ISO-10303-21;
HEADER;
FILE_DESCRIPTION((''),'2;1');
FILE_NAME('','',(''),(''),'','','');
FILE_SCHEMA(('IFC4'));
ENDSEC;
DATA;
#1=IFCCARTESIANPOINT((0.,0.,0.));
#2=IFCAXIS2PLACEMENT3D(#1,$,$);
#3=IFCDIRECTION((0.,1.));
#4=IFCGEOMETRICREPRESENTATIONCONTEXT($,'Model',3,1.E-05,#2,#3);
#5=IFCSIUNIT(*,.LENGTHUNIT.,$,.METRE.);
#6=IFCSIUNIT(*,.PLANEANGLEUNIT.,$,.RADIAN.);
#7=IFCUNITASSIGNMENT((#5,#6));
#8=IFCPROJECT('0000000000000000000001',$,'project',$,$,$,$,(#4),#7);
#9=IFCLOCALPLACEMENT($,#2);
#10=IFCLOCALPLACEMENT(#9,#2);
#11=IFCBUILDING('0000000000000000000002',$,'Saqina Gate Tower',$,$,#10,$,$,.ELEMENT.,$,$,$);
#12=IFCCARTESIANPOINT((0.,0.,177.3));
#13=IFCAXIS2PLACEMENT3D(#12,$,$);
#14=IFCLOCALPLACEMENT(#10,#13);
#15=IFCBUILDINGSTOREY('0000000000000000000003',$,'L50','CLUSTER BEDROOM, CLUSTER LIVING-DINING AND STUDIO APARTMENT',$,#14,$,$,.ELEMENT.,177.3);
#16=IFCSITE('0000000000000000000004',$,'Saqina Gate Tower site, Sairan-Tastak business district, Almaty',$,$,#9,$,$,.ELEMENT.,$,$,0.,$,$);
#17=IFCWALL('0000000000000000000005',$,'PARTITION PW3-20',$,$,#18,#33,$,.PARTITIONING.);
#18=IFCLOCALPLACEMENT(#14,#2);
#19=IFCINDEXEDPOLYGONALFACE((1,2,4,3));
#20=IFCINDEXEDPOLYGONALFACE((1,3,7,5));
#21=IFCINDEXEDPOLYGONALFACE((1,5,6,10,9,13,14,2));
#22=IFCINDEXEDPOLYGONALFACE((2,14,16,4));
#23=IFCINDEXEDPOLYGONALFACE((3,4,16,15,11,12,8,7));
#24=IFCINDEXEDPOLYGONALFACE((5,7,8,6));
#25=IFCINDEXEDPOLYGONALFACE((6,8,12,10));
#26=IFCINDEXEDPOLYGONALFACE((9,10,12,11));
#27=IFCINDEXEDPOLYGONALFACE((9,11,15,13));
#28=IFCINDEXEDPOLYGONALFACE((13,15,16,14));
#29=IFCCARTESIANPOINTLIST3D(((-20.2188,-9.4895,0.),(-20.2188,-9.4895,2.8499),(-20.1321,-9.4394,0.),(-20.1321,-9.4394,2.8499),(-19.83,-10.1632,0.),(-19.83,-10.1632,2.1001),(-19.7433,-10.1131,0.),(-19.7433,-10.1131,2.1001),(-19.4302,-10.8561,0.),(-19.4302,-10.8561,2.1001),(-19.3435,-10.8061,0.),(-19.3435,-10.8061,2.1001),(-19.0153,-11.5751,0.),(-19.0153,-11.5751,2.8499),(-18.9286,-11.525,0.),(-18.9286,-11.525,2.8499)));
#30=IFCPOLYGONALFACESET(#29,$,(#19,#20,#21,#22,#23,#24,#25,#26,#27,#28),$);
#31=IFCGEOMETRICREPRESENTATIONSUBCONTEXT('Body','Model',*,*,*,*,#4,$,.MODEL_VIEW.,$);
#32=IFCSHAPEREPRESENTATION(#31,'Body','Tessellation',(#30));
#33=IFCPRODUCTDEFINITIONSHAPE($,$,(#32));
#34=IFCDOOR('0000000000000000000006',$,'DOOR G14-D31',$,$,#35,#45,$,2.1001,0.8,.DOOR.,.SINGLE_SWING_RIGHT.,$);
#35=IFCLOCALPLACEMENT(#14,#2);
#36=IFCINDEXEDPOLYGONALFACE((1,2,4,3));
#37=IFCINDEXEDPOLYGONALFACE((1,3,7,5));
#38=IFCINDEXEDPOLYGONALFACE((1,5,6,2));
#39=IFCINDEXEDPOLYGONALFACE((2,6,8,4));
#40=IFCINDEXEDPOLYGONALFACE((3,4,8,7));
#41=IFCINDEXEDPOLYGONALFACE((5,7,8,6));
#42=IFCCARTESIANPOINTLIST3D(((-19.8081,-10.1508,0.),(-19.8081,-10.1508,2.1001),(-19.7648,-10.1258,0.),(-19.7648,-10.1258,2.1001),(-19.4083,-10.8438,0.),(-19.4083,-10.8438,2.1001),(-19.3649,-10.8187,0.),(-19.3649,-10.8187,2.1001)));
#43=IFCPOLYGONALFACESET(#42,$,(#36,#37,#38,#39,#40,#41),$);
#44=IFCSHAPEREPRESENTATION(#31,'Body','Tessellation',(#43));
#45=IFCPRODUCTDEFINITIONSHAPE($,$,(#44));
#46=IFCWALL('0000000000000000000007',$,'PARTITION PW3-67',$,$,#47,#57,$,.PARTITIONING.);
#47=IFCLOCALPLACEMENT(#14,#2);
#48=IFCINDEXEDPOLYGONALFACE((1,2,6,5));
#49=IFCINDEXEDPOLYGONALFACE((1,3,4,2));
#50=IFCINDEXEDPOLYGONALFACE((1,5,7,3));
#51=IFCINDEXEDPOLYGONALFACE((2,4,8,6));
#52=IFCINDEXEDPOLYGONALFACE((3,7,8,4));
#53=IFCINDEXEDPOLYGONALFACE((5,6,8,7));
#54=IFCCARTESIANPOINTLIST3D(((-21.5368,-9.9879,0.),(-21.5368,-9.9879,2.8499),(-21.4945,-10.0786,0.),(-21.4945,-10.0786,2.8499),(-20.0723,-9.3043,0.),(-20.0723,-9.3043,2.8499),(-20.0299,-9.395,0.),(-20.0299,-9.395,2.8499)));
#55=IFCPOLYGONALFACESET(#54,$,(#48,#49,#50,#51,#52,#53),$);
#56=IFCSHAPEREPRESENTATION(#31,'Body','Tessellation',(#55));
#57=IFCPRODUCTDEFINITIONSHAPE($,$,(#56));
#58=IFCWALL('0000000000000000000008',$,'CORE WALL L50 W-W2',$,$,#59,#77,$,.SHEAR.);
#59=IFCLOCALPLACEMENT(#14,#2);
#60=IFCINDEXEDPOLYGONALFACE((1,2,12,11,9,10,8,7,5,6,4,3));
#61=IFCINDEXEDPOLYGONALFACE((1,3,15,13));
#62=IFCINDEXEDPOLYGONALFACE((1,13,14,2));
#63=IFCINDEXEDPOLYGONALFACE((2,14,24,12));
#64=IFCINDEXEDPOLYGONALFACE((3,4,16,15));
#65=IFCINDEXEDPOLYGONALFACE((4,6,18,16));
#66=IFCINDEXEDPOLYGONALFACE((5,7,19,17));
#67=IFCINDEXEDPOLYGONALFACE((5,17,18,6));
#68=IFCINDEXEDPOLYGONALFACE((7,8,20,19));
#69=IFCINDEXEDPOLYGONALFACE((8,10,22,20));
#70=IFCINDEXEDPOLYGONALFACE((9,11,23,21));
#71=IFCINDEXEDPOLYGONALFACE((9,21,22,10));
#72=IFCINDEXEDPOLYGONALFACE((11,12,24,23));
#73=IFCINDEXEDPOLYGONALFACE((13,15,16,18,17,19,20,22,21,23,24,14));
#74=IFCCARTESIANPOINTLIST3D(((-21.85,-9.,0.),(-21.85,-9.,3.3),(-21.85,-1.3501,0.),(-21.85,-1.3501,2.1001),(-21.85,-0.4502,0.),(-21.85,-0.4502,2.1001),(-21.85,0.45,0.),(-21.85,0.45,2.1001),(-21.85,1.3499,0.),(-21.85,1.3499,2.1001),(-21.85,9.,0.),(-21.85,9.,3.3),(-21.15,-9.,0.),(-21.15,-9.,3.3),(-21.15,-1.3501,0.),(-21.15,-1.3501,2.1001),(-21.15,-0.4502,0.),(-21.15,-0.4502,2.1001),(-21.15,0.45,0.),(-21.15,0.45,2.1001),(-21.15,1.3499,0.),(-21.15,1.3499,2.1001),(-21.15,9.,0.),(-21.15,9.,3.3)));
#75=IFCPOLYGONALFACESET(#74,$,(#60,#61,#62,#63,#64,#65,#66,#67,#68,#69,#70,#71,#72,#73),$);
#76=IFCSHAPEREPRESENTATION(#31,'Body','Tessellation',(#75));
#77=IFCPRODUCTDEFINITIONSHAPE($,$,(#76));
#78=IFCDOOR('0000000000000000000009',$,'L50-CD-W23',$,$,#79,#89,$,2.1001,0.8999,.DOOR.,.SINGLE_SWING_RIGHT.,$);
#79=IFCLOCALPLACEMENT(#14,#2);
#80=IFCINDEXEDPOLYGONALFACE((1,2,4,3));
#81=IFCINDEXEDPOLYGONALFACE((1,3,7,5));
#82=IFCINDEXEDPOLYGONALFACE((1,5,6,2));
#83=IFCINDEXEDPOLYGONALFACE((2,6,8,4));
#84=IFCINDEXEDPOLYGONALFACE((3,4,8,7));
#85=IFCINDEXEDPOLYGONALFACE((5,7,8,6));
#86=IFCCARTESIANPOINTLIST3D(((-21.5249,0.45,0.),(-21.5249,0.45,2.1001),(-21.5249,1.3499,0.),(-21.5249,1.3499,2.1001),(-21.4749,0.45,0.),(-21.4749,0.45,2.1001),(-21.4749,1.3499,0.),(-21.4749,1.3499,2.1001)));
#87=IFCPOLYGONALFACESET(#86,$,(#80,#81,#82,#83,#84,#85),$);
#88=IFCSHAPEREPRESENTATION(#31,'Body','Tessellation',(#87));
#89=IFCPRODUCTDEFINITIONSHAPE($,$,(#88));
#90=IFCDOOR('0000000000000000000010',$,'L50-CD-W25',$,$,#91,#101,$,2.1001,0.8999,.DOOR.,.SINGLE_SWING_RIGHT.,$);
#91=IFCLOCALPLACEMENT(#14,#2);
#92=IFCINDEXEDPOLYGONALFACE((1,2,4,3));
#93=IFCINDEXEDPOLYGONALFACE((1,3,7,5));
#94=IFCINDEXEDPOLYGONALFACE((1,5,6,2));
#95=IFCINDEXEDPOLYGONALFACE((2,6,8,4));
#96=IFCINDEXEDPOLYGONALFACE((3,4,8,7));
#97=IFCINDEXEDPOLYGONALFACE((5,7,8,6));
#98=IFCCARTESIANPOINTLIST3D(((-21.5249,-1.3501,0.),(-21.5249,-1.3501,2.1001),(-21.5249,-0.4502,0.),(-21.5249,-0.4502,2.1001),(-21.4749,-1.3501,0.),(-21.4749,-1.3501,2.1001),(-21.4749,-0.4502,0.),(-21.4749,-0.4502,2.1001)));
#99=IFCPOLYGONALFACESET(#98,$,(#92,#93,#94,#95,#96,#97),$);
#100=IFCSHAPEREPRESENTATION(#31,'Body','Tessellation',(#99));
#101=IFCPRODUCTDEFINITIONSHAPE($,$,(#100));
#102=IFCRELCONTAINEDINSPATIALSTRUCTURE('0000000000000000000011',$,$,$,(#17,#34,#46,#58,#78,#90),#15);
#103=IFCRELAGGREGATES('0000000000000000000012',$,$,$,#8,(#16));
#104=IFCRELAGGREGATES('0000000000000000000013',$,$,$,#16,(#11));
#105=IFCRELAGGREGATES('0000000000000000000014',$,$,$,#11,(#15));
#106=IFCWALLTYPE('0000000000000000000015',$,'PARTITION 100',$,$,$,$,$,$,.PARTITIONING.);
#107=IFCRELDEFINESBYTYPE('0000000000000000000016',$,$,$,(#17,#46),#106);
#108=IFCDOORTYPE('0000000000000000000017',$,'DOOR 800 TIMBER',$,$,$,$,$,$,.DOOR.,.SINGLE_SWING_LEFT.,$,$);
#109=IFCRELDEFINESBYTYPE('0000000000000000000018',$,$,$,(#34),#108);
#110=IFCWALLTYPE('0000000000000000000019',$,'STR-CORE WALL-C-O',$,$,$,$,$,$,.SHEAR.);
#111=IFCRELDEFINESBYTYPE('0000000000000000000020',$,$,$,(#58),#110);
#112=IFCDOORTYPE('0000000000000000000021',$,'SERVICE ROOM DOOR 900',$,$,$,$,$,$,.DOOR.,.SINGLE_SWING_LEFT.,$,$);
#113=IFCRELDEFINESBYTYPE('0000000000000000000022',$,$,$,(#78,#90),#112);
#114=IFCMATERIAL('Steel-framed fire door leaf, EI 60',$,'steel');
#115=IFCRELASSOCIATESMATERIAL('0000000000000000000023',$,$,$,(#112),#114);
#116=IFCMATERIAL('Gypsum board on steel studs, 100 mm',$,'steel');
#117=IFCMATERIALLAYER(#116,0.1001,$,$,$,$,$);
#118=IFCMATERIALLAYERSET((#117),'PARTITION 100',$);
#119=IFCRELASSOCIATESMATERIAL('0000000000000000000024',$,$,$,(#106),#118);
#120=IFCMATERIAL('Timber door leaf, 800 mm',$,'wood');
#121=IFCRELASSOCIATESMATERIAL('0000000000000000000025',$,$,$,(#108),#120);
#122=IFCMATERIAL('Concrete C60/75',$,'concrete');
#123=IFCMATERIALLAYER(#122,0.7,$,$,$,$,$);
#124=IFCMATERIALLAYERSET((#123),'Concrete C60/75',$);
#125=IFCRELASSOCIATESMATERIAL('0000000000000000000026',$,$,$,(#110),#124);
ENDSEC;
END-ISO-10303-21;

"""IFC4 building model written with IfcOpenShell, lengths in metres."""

from ifc_helpers import new_model, si_unit, direction, frame, frame_2d, origin, place, context, subcontext, project, spatial, rectangle, extrude, material, layer, layer_set, type_object, element, fill, save


model = new_model("IFC4")

# Units and contexts
model_context = context("Model", 3, precision=1e-05, world=origin(), true_north=direction((0.0, 1.0)))
body_context = subcontext(model_context, "Body", "Model", "MODEL_VIEW")
ifc_project = project(units=[si_unit("LENGTHUNIT", "METRE"), si_unit("PLANEANGLEUNIT", "RADIAN")], contexts=[model_context])

# Site, building, storey
site_placement = place(None, origin())
site = spatial("IfcSite", under=ifc_project, at=site_placement, Name="Saqina Gate Tower site, Sairan-Tastak business district, Almaty", CompositionType="ELEMENT", RefElevation=0.0)
building_placement = place(site_placement, origin())
building = spatial("IfcBuilding", under=site, at=building_placement, Name="Saqina Gate Tower", CompositionType="ELEMENT")
storey_placement = place(building_placement, frame((0.0, 0.0, 177.3)))
storey = spatial("IfcBuildingStorey", under=building, at=storey_placement, Name="L50", Description="CLUSTER BEDROOM, CLUSTER LIVING-DINING AND STUDIO APARTMENT", CompositionType="ELEMENT", Elevation=177.3)

# Shared definitions
ifc_material_1 = material(Name="Steel-framed fire door leaf, EI 60", Category="steel")
door_type_1 = type_object("IfcDoorType", Name="SERVICE ROOM DOOR 900", OperationType="SINGLE_SWING_LEFT", PredefinedType="DOOR", material=ifc_material_1)

# Wall, opening, door
ifc_material_2 = material(Name="Gypsum board on steel studs, 100 mm", Category="steel")
ifc_layer_1 = layer(ifc_material_2, 0.1001)
ifc_layer_set_1 = layer_set([ifc_layer_1], Name="PARTITION 100")
wall_type_1 = type_object("IfcWallType", Name="PARTITION 100", PredefinedType="PARTITIONING", material=ifc_layer_set_1)
wall_1_placement = place(storey_placement, frame((-20.1755, -9.4644, 0.0), z_axis=(0.0, 0.0, 1.0), x_axis=(0.499825, -0.866127, 0.0)))
wall_1 = element("IfcWall", 1, at=wall_1_placement, inside=storey, type_object=wall_type_1, Name="PARTITION PW3-20", PredefinedType="PARTITIONING", context=body_context, shape_type="SweptSolid", body=[
    extrude(rectangle(XDim=2.408, YDim=0.1001, at=frame_2d((1.2041, 0.0))), origin(), (0.0, 0.0, 1.0), 2.8499),
])
opening_1_placement = place(wall_1_placement, frame((0.7781, 0.0, 0.0)))
opening_1 = element("IfcOpeningElement", 2, at=opening_1_placement, cuts=wall_1, PredefinedType="OPENING", context=body_context, shape_type="SweptSolid", body=[
    extrude(rectangle(XDim=0.8, YDim=2.1001, at=frame_2d((0.3999, 1.05))), frame((0.0, 0.062, 0.0), z_axis=(0.0, -1.0, 0.0), x_axis=(1.0, 0.0, 0.0)), (0.0, 0.0, 1.0), 0.124),
])
ifc_material_3 = material(Name="Timber door leaf, 800 mm", Category="wood")
door_type_2 = type_object("IfcDoorType", Name="DOOR 800 TIMBER", OperationType="SINGLE_SWING_LEFT", PredefinedType="DOOR", material=ifc_material_3)
door_1_placement = place(opening_1_placement, frame((0.8, 0.0, 0.0), z_axis=(0.0, 0.0, 1.0), x_axis=(-1.0, 0.0, 0.0)))
door_1 = element("IfcDoor", 3, at=door_1_placement, inside=storey, type_object=door_type_2, Name="DOOR G14-D31", OperationType="SINGLE_SWING_RIGHT", OverallHeight=2.1001, OverallWidth=0.8, PredefinedType="DOOR", context=body_context, shape_type="SweptSolid", body=[
    extrude(rectangle(XDim=0.8, YDim=2.1001, at=frame_2d((0.3999, 1.05))), frame((0.0, 0.0249, 0.0), z_axis=(0.0, -1.0, 0.0), x_axis=(1.0, 0.0, 0.0)), (0.0, 0.0, 1.0), 0.05),
])
fill(opening_1, door_1)

# Wall
wall_2_placement = place(storey_placement, frame((-21.5156, -10.0332, 0.0), z_axis=(0.0, 0.0, 1.0), x_axis=(0.906156, 0.422943, 0.0)))
element("IfcWall", 4, at=wall_2_placement, inside=storey, type_object=wall_type_1, Name="PARTITION PW3-67", PredefinedType="PARTITIONING", context=body_context, shape_type="SweptSolid", body=[
    extrude(rectangle(XDim=1.6162, YDim=0.1001, at=frame_2d((0.8081, 0.0))), origin(), (0.0, 0.0, 1.0), 2.8499),
])

# Wall, openings, doors
ifc_material_4 = material(Name="Concrete C60/75", Category="concrete")
ifc_layer_2 = layer(ifc_material_4, 0.7)
ifc_layer_set_2 = layer_set([ifc_layer_2], Name="Concrete C60/75")
wall_type_2 = type_object("IfcWallType", Name="STR-CORE WALL-C-O", PredefinedType="SHEAR", material=ifc_layer_set_2)
wall_3_placement = place(storey_placement, frame((-21.5, -9.0, 0.0), z_axis=(0.0, 0.0, 1.0), x_axis=(0.0, 1.0, 0.0)))
wall_3 = element("IfcWall", 5, at=wall_3_placement, inside=storey, type_object=wall_type_2, Name="CORE WALL L50 W-W2", PredefinedType="SHEAR", context=body_context, shape_type="SweptSolid", body=[
    extrude(rectangle(XDim=18.0, YDim=0.7, at=frame_2d((9.0, 0.0))), origin(), (0.0, 0.0, 1.0), 3.3),
])
opening_2_placement = place(wall_3_placement, frame((9.45, 0.0, 0.0)))
opening_2 = element("IfcOpeningElement", 6, at=opening_2_placement, cuts=wall_3, PredefinedType="OPENING", context=body_context, shape_type="SweptSolid", body=[
    extrude(rectangle(XDim=0.8999, YDim=2.1001, at=frame_2d((0.45, 1.05))), frame((0.0, 0.3621, 0.0), z_axis=(0.0, -1.0, 0.0), x_axis=(1.0, 0.0, 0.0)), (0.0, 0.0, 1.0), 0.7239),
])
opening_3_placement = place(wall_3_placement, frame((7.6499, 0.0, 0.0)))
opening_3 = element("IfcOpeningElement", 7, at=opening_3_placement, cuts=wall_3, PredefinedType="OPENING", context=body_context, shape_type="SweptSolid", body=[
    extrude(rectangle(XDim=0.8999, YDim=2.1001, at=frame_2d((0.45, 1.05))), frame((0.0, 0.3621, 0.0), z_axis=(0.0, -1.0, 0.0), x_axis=(1.0, 0.0, 0.0)), (0.0, 0.0, 1.0), 0.7239),
])
door_2_placement = place(opening_2_placement, origin())
door_2 = element("IfcDoor", 8, at=door_2_placement, inside=storey, type_object=door_type_1, Name="L50-CD-W23", OperationType="SINGLE_SWING_RIGHT", OverallHeight=2.1001, OverallWidth=0.8999, PredefinedType="DOOR", context=body_context, shape_type="SweptSolid", body=[
    extrude(rectangle(XDim=0.8999, YDim=2.1001, at=frame_2d((0.45, 1.05))), frame((0.0, 0.0249, 0.0), z_axis=(0.0, -1.0, 0.0), x_axis=(1.0, 0.0, 0.0)), (0.0, 0.0, 1.0), 0.05),
])
fill(opening_2, door_2)
door_3_placement = place(opening_3_placement, origin())
door_3 = element("IfcDoor", 9, at=door_3_placement, inside=storey, type_object=door_type_1, Name="L50-CD-W25", OperationType="SINGLE_SWING_RIGHT", OverallHeight=2.1001, OverallWidth=0.8999, PredefinedType="DOOR", context=body_context, shape_type="SweptSolid", body=[
    extrude(rectangle(XDim=0.8999, YDim=2.1001, at=frame_2d((0.45, 1.05))), frame((0.0, 0.0249, 0.0), z_axis=(0.0, -1.0, 0.0), x_axis=(1.0, 0.0, 0.0)), (0.0, 0.0, 1.0), 0.05),
])
fill(opening_3, door_3)

save(model, "model.ifc")
